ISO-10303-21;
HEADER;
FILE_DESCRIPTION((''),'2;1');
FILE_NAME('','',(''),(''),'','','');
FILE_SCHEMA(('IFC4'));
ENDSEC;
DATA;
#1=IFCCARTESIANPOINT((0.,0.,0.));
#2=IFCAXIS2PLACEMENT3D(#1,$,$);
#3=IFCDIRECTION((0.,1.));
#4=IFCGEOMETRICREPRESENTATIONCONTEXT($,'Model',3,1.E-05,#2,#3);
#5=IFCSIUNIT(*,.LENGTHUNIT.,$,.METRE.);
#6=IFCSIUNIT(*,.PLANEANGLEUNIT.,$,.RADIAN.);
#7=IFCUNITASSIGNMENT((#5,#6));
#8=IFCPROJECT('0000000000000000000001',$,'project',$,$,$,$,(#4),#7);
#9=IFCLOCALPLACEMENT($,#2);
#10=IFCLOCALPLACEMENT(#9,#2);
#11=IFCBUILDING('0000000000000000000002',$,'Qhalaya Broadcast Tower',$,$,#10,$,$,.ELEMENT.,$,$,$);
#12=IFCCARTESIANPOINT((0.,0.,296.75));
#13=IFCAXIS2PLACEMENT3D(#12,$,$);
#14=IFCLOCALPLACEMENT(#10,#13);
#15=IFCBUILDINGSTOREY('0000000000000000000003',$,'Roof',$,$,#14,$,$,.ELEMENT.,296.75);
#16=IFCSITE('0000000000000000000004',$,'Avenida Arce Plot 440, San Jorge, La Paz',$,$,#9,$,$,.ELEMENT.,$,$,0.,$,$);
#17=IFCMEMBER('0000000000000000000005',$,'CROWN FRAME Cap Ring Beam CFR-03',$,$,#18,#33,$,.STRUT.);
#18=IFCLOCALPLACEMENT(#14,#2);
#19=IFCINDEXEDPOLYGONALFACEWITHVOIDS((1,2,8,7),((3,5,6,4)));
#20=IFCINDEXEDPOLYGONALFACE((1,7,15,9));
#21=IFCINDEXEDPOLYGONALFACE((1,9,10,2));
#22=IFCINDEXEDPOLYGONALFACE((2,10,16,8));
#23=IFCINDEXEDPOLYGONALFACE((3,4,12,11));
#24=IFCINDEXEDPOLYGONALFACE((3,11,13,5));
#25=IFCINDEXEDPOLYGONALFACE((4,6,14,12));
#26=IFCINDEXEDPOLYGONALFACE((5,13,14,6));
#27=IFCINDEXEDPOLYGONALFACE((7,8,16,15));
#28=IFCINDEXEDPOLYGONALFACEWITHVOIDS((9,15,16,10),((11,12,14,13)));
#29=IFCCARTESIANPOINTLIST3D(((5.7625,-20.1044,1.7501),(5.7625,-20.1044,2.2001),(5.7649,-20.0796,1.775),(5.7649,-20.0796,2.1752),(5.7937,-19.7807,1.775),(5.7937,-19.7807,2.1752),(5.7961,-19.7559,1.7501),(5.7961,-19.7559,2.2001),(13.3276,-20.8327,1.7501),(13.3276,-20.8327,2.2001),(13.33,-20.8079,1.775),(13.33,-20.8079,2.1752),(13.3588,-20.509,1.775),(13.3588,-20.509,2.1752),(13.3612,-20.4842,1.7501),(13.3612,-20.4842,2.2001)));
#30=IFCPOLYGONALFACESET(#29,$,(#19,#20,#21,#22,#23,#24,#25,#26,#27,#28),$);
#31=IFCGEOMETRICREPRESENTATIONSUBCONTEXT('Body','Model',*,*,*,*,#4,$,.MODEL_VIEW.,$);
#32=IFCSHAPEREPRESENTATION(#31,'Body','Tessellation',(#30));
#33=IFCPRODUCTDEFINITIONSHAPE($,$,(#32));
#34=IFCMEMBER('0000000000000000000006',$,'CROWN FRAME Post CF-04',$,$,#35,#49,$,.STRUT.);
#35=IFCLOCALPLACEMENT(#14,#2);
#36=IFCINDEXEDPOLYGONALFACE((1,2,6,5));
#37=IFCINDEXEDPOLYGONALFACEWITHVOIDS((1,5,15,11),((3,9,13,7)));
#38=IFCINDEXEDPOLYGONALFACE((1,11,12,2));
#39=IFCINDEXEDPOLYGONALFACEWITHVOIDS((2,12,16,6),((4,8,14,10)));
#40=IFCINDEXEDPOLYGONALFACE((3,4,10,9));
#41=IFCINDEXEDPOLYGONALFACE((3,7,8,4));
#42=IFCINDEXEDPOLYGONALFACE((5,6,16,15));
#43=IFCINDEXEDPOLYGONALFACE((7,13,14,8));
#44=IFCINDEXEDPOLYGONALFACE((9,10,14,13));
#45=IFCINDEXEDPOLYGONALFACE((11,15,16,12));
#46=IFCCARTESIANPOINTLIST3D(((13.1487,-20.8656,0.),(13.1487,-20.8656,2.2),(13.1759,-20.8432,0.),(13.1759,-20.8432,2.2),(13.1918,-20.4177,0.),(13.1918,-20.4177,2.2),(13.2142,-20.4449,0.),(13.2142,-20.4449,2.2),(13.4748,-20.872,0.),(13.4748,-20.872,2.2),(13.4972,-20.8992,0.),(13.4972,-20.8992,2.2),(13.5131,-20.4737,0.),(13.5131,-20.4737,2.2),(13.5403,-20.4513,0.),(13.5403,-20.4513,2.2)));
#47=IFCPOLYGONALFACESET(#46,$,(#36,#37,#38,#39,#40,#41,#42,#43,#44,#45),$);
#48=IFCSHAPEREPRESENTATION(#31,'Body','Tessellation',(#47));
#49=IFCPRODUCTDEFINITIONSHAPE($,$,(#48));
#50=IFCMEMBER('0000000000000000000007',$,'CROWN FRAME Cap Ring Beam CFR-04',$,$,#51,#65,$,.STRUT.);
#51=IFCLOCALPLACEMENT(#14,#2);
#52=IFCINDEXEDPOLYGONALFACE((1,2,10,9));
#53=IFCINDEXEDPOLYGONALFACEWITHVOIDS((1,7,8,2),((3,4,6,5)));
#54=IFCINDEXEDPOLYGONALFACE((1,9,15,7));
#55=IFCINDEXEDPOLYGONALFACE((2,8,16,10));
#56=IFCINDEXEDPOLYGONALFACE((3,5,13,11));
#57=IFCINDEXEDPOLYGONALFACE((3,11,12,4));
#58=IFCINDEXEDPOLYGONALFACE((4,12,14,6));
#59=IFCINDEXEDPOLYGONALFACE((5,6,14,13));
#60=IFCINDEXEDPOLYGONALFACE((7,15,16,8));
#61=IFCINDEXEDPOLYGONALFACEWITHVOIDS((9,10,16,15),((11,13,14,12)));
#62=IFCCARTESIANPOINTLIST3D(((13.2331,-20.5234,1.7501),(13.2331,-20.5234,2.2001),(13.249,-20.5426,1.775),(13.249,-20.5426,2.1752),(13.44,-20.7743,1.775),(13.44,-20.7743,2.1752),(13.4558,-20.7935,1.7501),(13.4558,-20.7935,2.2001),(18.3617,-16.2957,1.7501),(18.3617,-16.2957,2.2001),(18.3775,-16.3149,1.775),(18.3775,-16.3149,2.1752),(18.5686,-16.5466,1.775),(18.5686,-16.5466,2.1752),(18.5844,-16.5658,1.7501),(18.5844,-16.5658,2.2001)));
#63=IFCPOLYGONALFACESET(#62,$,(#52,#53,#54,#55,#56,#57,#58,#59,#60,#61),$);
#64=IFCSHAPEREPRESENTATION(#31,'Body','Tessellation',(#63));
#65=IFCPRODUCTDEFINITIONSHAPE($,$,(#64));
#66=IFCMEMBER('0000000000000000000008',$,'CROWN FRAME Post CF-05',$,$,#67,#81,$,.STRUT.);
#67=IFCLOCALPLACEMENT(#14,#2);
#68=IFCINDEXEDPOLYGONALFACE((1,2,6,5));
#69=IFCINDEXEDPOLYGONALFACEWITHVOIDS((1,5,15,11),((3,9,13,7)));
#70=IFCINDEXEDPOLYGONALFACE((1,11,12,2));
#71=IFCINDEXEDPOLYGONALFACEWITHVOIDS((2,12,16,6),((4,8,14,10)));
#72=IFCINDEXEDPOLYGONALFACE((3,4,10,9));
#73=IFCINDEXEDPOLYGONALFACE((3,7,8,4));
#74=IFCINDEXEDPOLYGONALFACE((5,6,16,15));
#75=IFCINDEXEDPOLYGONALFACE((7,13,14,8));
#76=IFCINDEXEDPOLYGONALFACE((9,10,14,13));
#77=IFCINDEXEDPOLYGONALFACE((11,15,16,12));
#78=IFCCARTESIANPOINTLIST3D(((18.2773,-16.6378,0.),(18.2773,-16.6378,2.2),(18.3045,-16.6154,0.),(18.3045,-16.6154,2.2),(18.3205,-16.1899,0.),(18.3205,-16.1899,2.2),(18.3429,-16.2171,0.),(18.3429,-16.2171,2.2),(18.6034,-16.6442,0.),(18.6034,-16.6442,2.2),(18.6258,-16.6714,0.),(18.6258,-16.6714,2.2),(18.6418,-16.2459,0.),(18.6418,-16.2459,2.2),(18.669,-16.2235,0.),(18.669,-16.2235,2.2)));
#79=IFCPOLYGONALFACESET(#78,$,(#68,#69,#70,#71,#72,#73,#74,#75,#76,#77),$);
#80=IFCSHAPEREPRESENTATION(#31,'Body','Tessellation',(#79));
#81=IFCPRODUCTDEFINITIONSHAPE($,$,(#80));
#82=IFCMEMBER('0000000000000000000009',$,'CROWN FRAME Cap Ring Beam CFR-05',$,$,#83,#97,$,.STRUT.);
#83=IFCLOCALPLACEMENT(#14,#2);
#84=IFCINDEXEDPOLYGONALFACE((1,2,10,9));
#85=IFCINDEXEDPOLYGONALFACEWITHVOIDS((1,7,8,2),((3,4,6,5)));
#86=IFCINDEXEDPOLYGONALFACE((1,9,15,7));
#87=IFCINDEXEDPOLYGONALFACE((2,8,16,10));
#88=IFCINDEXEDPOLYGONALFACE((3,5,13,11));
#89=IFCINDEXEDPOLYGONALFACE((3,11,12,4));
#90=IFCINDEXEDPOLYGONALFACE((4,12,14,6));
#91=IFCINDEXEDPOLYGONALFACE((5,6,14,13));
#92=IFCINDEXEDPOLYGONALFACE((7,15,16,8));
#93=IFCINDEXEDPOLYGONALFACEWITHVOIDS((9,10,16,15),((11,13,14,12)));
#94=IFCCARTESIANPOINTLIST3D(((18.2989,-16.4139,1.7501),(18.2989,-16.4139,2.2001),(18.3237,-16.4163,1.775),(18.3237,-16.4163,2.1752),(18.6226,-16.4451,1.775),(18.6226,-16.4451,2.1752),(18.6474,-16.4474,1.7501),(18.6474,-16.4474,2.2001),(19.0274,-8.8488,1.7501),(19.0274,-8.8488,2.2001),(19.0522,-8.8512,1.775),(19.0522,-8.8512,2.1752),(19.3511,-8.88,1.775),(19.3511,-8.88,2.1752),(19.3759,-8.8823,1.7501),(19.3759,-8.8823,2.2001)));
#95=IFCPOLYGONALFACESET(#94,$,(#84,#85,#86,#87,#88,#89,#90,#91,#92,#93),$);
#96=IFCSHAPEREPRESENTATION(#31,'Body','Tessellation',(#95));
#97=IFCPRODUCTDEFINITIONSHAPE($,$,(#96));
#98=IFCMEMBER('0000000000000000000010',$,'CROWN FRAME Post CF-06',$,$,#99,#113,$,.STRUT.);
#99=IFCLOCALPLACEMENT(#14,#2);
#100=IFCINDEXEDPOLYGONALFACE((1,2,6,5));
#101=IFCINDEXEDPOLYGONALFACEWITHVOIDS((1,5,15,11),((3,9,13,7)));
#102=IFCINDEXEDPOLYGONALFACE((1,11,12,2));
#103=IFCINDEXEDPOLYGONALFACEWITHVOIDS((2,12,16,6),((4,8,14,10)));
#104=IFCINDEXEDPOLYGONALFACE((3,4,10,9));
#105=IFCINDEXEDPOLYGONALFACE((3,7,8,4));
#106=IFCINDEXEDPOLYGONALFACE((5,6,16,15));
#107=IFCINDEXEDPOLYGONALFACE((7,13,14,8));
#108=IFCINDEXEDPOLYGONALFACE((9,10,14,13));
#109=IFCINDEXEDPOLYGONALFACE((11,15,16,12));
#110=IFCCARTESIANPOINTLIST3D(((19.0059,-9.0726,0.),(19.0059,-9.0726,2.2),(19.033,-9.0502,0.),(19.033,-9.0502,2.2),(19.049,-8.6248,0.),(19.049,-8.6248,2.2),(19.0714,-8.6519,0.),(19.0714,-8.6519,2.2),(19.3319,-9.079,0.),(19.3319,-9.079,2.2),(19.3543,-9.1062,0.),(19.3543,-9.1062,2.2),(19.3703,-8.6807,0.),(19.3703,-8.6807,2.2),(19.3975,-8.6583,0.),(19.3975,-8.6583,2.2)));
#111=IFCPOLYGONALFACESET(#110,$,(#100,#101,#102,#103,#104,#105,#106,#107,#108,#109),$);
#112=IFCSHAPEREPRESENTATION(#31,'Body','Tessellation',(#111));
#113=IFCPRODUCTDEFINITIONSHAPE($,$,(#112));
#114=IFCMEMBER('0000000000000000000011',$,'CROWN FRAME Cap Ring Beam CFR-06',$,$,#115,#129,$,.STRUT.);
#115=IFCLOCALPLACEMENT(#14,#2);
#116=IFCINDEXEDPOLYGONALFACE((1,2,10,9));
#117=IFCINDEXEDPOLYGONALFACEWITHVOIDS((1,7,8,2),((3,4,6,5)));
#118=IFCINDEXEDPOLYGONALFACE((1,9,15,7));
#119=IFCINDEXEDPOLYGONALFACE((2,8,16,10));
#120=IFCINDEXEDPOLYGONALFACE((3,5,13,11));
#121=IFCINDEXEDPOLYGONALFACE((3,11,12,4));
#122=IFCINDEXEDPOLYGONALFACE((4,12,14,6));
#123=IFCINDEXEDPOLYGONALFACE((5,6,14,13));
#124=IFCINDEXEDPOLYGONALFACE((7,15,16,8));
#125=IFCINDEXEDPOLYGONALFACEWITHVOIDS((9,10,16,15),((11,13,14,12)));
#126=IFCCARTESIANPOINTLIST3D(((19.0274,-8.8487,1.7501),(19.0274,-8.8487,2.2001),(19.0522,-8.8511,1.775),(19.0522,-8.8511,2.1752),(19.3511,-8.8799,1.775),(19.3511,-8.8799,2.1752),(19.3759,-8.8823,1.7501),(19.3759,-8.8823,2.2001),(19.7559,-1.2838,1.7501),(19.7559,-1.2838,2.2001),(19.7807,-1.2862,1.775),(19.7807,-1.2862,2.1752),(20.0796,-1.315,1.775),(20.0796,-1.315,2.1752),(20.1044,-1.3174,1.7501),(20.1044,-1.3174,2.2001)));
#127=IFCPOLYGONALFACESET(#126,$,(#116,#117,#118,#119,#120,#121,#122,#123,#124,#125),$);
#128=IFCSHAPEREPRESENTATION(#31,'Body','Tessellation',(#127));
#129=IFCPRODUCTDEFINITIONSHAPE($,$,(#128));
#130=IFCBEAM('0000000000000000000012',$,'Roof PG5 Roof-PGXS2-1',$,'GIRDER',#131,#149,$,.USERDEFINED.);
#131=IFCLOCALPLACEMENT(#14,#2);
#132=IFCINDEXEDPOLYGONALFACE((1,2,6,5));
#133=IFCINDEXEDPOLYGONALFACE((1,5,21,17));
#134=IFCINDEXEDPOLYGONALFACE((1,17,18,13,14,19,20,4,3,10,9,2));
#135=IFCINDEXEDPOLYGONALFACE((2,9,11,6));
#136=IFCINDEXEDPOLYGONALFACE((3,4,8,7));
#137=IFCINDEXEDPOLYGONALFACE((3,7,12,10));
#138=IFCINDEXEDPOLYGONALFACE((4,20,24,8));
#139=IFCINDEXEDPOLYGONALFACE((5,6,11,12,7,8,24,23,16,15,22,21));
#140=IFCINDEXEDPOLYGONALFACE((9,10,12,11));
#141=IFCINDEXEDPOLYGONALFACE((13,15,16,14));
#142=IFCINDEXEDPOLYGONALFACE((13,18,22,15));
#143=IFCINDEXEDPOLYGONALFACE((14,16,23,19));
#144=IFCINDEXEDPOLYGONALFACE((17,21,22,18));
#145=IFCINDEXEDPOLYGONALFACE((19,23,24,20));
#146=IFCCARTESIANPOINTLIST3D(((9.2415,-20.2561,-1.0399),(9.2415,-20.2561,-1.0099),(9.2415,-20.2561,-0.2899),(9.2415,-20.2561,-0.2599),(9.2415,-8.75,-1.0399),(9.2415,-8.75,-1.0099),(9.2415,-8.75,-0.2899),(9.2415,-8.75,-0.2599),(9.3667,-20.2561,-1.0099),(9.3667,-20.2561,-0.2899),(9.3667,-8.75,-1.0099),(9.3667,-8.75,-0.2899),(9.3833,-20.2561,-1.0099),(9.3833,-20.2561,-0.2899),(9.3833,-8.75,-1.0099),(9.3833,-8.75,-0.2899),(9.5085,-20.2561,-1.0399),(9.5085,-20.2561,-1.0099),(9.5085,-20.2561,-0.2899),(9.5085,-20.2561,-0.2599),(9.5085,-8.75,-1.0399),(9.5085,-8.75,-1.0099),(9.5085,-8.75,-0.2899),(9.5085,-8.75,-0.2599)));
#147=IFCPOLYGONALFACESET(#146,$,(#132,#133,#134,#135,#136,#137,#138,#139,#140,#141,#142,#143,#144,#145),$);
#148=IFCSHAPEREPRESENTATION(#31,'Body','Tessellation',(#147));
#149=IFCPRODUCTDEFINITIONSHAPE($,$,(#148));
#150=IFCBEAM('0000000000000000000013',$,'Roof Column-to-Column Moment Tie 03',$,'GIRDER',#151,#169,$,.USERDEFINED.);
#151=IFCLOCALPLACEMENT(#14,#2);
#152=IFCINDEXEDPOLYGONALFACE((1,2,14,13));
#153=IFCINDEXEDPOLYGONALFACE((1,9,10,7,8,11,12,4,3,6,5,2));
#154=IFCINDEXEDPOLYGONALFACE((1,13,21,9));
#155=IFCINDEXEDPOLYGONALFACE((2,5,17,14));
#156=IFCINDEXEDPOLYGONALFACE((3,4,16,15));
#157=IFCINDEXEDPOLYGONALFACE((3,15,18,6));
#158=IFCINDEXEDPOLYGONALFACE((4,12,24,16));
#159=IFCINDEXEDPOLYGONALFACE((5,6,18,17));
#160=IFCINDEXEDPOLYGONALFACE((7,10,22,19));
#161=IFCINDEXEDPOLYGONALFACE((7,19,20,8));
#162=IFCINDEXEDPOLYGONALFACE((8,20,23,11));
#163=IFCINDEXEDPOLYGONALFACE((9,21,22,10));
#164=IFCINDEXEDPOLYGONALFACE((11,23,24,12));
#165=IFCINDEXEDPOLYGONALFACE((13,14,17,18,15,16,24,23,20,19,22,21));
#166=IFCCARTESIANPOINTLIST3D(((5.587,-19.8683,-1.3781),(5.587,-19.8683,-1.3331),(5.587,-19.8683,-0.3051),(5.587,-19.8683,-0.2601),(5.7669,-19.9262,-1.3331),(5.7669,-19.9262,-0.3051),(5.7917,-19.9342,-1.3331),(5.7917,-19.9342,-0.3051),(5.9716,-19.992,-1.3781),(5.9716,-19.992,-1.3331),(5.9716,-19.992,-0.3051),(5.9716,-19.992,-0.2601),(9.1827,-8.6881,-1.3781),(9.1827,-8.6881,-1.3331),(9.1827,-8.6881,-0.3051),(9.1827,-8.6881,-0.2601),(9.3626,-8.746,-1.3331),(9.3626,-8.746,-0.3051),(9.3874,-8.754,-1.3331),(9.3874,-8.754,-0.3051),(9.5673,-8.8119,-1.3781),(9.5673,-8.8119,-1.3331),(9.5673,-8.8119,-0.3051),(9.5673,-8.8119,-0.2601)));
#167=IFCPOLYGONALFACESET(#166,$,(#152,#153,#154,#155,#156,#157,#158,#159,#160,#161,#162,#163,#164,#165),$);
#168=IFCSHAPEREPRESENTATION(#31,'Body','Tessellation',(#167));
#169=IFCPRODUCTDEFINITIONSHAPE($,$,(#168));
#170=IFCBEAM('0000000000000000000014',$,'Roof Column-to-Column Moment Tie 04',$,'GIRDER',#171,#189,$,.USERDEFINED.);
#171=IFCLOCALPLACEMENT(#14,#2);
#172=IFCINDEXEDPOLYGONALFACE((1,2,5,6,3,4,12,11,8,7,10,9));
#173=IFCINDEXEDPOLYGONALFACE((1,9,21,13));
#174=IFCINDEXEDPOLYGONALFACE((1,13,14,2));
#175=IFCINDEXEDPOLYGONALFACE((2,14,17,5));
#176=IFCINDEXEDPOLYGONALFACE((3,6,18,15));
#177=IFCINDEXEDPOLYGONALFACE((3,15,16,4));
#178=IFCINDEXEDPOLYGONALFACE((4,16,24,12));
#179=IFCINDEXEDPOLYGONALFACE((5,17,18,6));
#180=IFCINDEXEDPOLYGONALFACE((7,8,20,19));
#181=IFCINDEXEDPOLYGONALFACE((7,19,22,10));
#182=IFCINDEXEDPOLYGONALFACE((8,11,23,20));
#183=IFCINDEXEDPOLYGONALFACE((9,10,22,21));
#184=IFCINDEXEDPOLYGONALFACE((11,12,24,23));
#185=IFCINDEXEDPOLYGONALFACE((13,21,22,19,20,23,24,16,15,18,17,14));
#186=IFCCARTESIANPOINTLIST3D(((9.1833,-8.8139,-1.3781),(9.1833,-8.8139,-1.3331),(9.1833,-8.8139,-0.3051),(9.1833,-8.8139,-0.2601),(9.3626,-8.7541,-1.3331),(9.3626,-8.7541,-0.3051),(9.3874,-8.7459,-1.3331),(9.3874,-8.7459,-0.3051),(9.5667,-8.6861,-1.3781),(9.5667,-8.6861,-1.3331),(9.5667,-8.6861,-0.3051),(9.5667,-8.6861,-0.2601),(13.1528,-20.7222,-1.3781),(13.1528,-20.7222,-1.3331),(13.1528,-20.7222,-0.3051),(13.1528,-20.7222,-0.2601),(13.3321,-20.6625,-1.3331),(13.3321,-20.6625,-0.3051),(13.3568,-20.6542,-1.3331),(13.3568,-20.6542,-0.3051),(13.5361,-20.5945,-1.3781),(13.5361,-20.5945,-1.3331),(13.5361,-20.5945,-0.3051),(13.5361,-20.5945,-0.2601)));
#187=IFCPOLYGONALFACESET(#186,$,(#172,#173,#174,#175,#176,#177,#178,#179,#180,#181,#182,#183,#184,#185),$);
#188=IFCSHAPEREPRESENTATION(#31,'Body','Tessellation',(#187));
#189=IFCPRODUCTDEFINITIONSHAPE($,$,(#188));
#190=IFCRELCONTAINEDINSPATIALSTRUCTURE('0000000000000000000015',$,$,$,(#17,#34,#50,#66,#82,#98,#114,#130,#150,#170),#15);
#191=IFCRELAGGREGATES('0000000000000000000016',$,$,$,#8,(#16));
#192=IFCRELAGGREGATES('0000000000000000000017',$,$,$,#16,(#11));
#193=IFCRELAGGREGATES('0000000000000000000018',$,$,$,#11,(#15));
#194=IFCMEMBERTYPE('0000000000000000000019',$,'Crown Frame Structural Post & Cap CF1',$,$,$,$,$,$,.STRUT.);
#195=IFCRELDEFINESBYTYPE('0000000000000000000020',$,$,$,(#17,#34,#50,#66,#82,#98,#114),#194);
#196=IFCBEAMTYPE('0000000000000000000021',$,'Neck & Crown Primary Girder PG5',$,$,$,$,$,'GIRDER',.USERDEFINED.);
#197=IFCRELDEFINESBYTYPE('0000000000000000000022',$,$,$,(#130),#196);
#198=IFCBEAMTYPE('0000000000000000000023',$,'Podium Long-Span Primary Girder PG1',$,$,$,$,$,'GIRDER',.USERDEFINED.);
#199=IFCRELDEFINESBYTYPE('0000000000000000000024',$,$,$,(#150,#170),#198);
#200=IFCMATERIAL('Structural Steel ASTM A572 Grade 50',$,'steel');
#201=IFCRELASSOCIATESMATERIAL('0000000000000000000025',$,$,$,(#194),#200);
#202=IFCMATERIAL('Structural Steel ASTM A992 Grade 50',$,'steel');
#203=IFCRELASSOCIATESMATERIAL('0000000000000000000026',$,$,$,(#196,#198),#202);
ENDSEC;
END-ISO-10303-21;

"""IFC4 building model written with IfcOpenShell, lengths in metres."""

from ifc_helpers import new_model, si_unit, direction, frame, origin, origin_2d, place, context, subcontext, project, spatial, hollow_rectangle, i_section, extrude, material, material_profile, profile_set, type_object, element, save


model = new_model("IFC4")

# Units and contexts
model_context = context("Model", 3, precision=1e-05, world=origin(), true_north=direction((0.0, 1.0)))
body_context = subcontext(model_context, "Body", "Model", "MODEL_VIEW")
ifc_project = project(units=[si_unit("LENGTHUNIT", "METRE"), si_unit("PLANEANGLEUNIT", "RADIAN")], contexts=[model_context])

# Site, building, storey
site_placement = place(None, origin())
site = spatial("IfcSite", under=ifc_project, at=site_placement, Name="Avenida Arce Plot 440, San Jorge, La Paz", CompositionType="ELEMENT", RefElevation=0.0)
building_placement = place(site_placement, origin())
building = spatial("IfcBuilding", under=site, at=building_placement, Name="Qhalaya Broadcast Tower", CompositionType="ELEMENT")
storey_placement = place(building_placement, frame((0.0, 0.0, 296.75)))
storey = spatial("IfcBuildingStorey", under=building, at=storey_placement, Name="Roof", CompositionType="ELEMENT", Elevation=296.75)

# Shared definitions
ifc_material_1 = material(Name="Structural Steel ASTM A992 Grade 50", Category="steel")

# Members
ifc_material_2 = material(Name="Structural Steel ASTM A572 Grade 50", Category="steel")
ifc_material_profile_1 = material_profile(ifc_material_2, hollow_rectangle(XDim=0.3501, YDim=0.45, WallThickness=0.0249, at=origin_2d()), Name="BOX 350x450x25")
ifc_profile_set_1 = profile_set([ifc_material_profile_1], Name="Structural Steel ASTM A572 Grade 50")
member_type = type_object("IfcMemberType", Name="Crown Frame Structural Post & Cap CF1", PredefinedType="STRUT", material=ifc_profile_set_1)
member_1_placement = place(storey_placement, frame((5.7793, -19.9302, 1.9751), z_axis=(0.995398, -0.095823, 0.0), x_axis=(0.095823, 0.995398, 0.0)))
element("IfcMember", 1, at=member_1_placement, inside=storey, type_object=member_type, Name="CROWN FRAME Cap Ring Beam CFR-03", PredefinedType="STRUT", context=body_context, shape_type="SweptSolid", body=[
    extrude(hollow_rectangle(XDim=0.3501, YDim=0.45, WallThickness=0.0249, at=origin_2d()), origin(), (0.0, 0.0, 1.0), 7.6001),
])
member_2_placement = place(storey_placement, frame((13.3445, -20.6584, 0.0), z_axis=(0.0, 0.0, 1.0), x_axis=(0.995396, -0.095846, 0.0)))
element("IfcMember", 2, at=member_2_placement, inside=storey, type_object=member_type, Name="CROWN FRAME Post CF-04", PredefinedType="STRUT", context=body_context, shape_type="SweptSolid", body=[
    extrude(hollow_rectangle(XDim=0.3501, YDim=0.45, WallThickness=0.0249, at=origin_2d()), origin(), (0.0, 0.0, 1.0), 2.2),
])
member_3_placement = place(storey_placement, frame((13.3445, -20.6584, 1.9751), z_axis=(0.771622, 0.636082, 0.0), x_axis=(-0.636082, 0.771622, 0.0)))
element("IfcMember", 3, at=member_3_placement, inside=storey, type_object=member_type, Name="CROWN FRAME Cap Ring Beam CFR-04", PredefinedType="STRUT", context=body_context, shape_type="SweptSolid", body=[
    extrude(hollow_rectangle(XDim=0.3501, YDim=0.45, WallThickness=0.0249, at=origin_2d()), origin(), (0.0, 0.0, 1.0), 6.6465),
])
member_4_placement = place(storey_placement, frame((18.4731, -16.4307, 0.0), z_axis=(0.0, 0.0, 1.0), x_axis=(0.995396, -0.095846, 0.0)))
element("IfcMember", 4, at=member_4_placement, inside=storey, type_object=member_type, Name="CROWN FRAME Post CF-05", PredefinedType="STRUT", context=body_context, shape_type="SweptSolid", body=[
    extrude(hollow_rectangle(XDim=0.3501, YDim=0.45, WallThickness=0.0249, at=origin_2d()), origin(), (0.0, 0.0, 1.0), 2.2),
])
member_5_placement = place(storey_placement, frame((18.4731, -16.4307, 1.9751), z_axis=(0.095855, 0.995395, 0.0), x_axis=(-0.995395, 0.095855, 0.0)))
element("IfcMember", 5, at=member_5_placement, inside=storey, type_object=member_type, Name="CROWN FRAME Cap Ring Beam CFR-05", PredefinedType="STRUT", context=body_context, shape_type="SweptSolid", body=[
    extrude(hollow_rectangle(XDim=0.3501, YDim=0.45, WallThickness=0.0249, at=origin_2d()), origin(), (0.0, 0.0, 1.0), 7.6001),
])
member_6_placement = place(storey_placement, frame((19.2017, -8.8655, 0.0), z_axis=(0.0, 0.0, 1.0), x_axis=(0.995396, -0.095846, 0.0)))
element("IfcMember", 6, at=member_6_placement, inside=storey, type_object=member_type, Name="CROWN FRAME Post CF-06", PredefinedType="STRUT", context=body_context, shape_type="SweptSolid", body=[
    extrude(hollow_rectangle(XDim=0.3501, YDim=0.45, WallThickness=0.0249, at=origin_2d()), origin(), (0.0, 0.0, 1.0), 2.2),
])
member_7_placement = place(storey_placement, frame((19.2017, -8.8655, 1.9751), z_axis=(0.095858, 0.995395, 0.0), x_axis=(-0.995395, 0.095858, 0.0)))
element("IfcMember", 7, at=member_7_placement, inside=storey, type_object=member_type, Name="CROWN FRAME Cap Ring Beam CFR-06", PredefinedType="STRUT", context=body_context, shape_type="SweptSolid", body=[
    extrude(hollow_rectangle(XDim=0.3501, YDim=0.45, WallThickness=0.0249, at=origin_2d()), origin(), (0.0, 0.0, 1.0), 7.5999),
])

# Beams
ifc_material_profile_2 = material_profile(ifc_material_1, i_section(OverallWidth=0.2671, OverallDepth=0.78, WebThickness=0.0166, FlangeThickness=0.03, at=origin_2d()), Name="W30X148")
ifc_profile_set_2 = profile_set([ifc_material_profile_2], Name="Structural Steel ASTM A992 Grade 50")
beam_type_1 = type_object("IfcBeamType", Name="Neck & Crown Primary Girder PG5", ElementType="GIRDER", PredefinedType="USERDEFINED", material=ifc_profile_set_2)
beam_1_placement = place(storey_placement, frame((9.375, -20.2561, -0.6499), z_axis=(0.0, 1.0, 0.0), x_axis=(-1.0, 0.0, 0.0)))
element("IfcBeam", 8, at=beam_1_placement, inside=storey, type_object=beam_type_1, Name="Roof PG5 Roof-PGXS2-1", ObjectType="GIRDER", PredefinedType="USERDEFINED", context=body_context, shape_type="SweptSolid", body=[
    extrude(i_section(OverallWidth=0.2671, OverallDepth=0.78, WebThickness=0.0166, FlangeThickness=0.03, at=origin_2d()), origin(), (0.0, 0.0, 1.0), 11.5061),
])
ifc_material_profile_3 = material_profile(ifc_material_1, i_section(OverallWidth=0.4041, OverallDepth=1.1179, WebThickness=0.0261, FlangeThickness=0.0449, at=origin_2d()), Name="W44X335")
ifc_profile_set_3 = profile_set([ifc_material_profile_3], Name="Structural Steel ASTM A992 Grade 50")
beam_type_2 = type_object("IfcBeamType", Name="Podium Long-Span Primary Girder PG1", ElementType="GIRDER", PredefinedType="USERDEFINED", material=ifc_profile_set_3)
beam_2_placement = place(storey_placement, frame((9.375, -8.75, -0.8191), z_axis=(-0.306169, -0.951977, 0.0), x_axis=(0.951977, -0.306169, 0.0)))
element("IfcBeam", 9, at=beam_2_placement, inside=storey, type_object=beam_type_2, Name="Roof Column-to-Column Moment Tie 03", ObjectType="GIRDER", PredefinedType="USERDEFINED", context=body_context, shape_type="SweptSolid", body=[
    extrude(i_section(OverallWidth=0.4041, OverallDepth=1.1179, WebThickness=0.0261, FlangeThickness=0.0449, at=origin_2d()), origin(), (0.0, 0.0, 1.0), 11.7441),
])
beam_3_placement = place(storey_placement, frame((9.375, -8.75, -0.8191), z_axis=(0.316228, -0.948683, 0.0), x_axis=(0.948683, 0.316228, 0.0)))
element("IfcBeam", 10, at=beam_3_placement, inside=storey, type_object=beam_type_2, Name="Roof Column-to-Column Moment Tie 04", ObjectType="GIRDER", PredefinedType="USERDEFINED", context=body_context, shape_type="SweptSolid", body=[
    extrude(i_section(OverallWidth=0.4041, OverallDepth=1.1179, WebThickness=0.0261, FlangeThickness=0.0449, at=origin_2d()), origin(), (0.0, 0.0, 1.0), 12.5525),
])

save(model, "model.ifc")
